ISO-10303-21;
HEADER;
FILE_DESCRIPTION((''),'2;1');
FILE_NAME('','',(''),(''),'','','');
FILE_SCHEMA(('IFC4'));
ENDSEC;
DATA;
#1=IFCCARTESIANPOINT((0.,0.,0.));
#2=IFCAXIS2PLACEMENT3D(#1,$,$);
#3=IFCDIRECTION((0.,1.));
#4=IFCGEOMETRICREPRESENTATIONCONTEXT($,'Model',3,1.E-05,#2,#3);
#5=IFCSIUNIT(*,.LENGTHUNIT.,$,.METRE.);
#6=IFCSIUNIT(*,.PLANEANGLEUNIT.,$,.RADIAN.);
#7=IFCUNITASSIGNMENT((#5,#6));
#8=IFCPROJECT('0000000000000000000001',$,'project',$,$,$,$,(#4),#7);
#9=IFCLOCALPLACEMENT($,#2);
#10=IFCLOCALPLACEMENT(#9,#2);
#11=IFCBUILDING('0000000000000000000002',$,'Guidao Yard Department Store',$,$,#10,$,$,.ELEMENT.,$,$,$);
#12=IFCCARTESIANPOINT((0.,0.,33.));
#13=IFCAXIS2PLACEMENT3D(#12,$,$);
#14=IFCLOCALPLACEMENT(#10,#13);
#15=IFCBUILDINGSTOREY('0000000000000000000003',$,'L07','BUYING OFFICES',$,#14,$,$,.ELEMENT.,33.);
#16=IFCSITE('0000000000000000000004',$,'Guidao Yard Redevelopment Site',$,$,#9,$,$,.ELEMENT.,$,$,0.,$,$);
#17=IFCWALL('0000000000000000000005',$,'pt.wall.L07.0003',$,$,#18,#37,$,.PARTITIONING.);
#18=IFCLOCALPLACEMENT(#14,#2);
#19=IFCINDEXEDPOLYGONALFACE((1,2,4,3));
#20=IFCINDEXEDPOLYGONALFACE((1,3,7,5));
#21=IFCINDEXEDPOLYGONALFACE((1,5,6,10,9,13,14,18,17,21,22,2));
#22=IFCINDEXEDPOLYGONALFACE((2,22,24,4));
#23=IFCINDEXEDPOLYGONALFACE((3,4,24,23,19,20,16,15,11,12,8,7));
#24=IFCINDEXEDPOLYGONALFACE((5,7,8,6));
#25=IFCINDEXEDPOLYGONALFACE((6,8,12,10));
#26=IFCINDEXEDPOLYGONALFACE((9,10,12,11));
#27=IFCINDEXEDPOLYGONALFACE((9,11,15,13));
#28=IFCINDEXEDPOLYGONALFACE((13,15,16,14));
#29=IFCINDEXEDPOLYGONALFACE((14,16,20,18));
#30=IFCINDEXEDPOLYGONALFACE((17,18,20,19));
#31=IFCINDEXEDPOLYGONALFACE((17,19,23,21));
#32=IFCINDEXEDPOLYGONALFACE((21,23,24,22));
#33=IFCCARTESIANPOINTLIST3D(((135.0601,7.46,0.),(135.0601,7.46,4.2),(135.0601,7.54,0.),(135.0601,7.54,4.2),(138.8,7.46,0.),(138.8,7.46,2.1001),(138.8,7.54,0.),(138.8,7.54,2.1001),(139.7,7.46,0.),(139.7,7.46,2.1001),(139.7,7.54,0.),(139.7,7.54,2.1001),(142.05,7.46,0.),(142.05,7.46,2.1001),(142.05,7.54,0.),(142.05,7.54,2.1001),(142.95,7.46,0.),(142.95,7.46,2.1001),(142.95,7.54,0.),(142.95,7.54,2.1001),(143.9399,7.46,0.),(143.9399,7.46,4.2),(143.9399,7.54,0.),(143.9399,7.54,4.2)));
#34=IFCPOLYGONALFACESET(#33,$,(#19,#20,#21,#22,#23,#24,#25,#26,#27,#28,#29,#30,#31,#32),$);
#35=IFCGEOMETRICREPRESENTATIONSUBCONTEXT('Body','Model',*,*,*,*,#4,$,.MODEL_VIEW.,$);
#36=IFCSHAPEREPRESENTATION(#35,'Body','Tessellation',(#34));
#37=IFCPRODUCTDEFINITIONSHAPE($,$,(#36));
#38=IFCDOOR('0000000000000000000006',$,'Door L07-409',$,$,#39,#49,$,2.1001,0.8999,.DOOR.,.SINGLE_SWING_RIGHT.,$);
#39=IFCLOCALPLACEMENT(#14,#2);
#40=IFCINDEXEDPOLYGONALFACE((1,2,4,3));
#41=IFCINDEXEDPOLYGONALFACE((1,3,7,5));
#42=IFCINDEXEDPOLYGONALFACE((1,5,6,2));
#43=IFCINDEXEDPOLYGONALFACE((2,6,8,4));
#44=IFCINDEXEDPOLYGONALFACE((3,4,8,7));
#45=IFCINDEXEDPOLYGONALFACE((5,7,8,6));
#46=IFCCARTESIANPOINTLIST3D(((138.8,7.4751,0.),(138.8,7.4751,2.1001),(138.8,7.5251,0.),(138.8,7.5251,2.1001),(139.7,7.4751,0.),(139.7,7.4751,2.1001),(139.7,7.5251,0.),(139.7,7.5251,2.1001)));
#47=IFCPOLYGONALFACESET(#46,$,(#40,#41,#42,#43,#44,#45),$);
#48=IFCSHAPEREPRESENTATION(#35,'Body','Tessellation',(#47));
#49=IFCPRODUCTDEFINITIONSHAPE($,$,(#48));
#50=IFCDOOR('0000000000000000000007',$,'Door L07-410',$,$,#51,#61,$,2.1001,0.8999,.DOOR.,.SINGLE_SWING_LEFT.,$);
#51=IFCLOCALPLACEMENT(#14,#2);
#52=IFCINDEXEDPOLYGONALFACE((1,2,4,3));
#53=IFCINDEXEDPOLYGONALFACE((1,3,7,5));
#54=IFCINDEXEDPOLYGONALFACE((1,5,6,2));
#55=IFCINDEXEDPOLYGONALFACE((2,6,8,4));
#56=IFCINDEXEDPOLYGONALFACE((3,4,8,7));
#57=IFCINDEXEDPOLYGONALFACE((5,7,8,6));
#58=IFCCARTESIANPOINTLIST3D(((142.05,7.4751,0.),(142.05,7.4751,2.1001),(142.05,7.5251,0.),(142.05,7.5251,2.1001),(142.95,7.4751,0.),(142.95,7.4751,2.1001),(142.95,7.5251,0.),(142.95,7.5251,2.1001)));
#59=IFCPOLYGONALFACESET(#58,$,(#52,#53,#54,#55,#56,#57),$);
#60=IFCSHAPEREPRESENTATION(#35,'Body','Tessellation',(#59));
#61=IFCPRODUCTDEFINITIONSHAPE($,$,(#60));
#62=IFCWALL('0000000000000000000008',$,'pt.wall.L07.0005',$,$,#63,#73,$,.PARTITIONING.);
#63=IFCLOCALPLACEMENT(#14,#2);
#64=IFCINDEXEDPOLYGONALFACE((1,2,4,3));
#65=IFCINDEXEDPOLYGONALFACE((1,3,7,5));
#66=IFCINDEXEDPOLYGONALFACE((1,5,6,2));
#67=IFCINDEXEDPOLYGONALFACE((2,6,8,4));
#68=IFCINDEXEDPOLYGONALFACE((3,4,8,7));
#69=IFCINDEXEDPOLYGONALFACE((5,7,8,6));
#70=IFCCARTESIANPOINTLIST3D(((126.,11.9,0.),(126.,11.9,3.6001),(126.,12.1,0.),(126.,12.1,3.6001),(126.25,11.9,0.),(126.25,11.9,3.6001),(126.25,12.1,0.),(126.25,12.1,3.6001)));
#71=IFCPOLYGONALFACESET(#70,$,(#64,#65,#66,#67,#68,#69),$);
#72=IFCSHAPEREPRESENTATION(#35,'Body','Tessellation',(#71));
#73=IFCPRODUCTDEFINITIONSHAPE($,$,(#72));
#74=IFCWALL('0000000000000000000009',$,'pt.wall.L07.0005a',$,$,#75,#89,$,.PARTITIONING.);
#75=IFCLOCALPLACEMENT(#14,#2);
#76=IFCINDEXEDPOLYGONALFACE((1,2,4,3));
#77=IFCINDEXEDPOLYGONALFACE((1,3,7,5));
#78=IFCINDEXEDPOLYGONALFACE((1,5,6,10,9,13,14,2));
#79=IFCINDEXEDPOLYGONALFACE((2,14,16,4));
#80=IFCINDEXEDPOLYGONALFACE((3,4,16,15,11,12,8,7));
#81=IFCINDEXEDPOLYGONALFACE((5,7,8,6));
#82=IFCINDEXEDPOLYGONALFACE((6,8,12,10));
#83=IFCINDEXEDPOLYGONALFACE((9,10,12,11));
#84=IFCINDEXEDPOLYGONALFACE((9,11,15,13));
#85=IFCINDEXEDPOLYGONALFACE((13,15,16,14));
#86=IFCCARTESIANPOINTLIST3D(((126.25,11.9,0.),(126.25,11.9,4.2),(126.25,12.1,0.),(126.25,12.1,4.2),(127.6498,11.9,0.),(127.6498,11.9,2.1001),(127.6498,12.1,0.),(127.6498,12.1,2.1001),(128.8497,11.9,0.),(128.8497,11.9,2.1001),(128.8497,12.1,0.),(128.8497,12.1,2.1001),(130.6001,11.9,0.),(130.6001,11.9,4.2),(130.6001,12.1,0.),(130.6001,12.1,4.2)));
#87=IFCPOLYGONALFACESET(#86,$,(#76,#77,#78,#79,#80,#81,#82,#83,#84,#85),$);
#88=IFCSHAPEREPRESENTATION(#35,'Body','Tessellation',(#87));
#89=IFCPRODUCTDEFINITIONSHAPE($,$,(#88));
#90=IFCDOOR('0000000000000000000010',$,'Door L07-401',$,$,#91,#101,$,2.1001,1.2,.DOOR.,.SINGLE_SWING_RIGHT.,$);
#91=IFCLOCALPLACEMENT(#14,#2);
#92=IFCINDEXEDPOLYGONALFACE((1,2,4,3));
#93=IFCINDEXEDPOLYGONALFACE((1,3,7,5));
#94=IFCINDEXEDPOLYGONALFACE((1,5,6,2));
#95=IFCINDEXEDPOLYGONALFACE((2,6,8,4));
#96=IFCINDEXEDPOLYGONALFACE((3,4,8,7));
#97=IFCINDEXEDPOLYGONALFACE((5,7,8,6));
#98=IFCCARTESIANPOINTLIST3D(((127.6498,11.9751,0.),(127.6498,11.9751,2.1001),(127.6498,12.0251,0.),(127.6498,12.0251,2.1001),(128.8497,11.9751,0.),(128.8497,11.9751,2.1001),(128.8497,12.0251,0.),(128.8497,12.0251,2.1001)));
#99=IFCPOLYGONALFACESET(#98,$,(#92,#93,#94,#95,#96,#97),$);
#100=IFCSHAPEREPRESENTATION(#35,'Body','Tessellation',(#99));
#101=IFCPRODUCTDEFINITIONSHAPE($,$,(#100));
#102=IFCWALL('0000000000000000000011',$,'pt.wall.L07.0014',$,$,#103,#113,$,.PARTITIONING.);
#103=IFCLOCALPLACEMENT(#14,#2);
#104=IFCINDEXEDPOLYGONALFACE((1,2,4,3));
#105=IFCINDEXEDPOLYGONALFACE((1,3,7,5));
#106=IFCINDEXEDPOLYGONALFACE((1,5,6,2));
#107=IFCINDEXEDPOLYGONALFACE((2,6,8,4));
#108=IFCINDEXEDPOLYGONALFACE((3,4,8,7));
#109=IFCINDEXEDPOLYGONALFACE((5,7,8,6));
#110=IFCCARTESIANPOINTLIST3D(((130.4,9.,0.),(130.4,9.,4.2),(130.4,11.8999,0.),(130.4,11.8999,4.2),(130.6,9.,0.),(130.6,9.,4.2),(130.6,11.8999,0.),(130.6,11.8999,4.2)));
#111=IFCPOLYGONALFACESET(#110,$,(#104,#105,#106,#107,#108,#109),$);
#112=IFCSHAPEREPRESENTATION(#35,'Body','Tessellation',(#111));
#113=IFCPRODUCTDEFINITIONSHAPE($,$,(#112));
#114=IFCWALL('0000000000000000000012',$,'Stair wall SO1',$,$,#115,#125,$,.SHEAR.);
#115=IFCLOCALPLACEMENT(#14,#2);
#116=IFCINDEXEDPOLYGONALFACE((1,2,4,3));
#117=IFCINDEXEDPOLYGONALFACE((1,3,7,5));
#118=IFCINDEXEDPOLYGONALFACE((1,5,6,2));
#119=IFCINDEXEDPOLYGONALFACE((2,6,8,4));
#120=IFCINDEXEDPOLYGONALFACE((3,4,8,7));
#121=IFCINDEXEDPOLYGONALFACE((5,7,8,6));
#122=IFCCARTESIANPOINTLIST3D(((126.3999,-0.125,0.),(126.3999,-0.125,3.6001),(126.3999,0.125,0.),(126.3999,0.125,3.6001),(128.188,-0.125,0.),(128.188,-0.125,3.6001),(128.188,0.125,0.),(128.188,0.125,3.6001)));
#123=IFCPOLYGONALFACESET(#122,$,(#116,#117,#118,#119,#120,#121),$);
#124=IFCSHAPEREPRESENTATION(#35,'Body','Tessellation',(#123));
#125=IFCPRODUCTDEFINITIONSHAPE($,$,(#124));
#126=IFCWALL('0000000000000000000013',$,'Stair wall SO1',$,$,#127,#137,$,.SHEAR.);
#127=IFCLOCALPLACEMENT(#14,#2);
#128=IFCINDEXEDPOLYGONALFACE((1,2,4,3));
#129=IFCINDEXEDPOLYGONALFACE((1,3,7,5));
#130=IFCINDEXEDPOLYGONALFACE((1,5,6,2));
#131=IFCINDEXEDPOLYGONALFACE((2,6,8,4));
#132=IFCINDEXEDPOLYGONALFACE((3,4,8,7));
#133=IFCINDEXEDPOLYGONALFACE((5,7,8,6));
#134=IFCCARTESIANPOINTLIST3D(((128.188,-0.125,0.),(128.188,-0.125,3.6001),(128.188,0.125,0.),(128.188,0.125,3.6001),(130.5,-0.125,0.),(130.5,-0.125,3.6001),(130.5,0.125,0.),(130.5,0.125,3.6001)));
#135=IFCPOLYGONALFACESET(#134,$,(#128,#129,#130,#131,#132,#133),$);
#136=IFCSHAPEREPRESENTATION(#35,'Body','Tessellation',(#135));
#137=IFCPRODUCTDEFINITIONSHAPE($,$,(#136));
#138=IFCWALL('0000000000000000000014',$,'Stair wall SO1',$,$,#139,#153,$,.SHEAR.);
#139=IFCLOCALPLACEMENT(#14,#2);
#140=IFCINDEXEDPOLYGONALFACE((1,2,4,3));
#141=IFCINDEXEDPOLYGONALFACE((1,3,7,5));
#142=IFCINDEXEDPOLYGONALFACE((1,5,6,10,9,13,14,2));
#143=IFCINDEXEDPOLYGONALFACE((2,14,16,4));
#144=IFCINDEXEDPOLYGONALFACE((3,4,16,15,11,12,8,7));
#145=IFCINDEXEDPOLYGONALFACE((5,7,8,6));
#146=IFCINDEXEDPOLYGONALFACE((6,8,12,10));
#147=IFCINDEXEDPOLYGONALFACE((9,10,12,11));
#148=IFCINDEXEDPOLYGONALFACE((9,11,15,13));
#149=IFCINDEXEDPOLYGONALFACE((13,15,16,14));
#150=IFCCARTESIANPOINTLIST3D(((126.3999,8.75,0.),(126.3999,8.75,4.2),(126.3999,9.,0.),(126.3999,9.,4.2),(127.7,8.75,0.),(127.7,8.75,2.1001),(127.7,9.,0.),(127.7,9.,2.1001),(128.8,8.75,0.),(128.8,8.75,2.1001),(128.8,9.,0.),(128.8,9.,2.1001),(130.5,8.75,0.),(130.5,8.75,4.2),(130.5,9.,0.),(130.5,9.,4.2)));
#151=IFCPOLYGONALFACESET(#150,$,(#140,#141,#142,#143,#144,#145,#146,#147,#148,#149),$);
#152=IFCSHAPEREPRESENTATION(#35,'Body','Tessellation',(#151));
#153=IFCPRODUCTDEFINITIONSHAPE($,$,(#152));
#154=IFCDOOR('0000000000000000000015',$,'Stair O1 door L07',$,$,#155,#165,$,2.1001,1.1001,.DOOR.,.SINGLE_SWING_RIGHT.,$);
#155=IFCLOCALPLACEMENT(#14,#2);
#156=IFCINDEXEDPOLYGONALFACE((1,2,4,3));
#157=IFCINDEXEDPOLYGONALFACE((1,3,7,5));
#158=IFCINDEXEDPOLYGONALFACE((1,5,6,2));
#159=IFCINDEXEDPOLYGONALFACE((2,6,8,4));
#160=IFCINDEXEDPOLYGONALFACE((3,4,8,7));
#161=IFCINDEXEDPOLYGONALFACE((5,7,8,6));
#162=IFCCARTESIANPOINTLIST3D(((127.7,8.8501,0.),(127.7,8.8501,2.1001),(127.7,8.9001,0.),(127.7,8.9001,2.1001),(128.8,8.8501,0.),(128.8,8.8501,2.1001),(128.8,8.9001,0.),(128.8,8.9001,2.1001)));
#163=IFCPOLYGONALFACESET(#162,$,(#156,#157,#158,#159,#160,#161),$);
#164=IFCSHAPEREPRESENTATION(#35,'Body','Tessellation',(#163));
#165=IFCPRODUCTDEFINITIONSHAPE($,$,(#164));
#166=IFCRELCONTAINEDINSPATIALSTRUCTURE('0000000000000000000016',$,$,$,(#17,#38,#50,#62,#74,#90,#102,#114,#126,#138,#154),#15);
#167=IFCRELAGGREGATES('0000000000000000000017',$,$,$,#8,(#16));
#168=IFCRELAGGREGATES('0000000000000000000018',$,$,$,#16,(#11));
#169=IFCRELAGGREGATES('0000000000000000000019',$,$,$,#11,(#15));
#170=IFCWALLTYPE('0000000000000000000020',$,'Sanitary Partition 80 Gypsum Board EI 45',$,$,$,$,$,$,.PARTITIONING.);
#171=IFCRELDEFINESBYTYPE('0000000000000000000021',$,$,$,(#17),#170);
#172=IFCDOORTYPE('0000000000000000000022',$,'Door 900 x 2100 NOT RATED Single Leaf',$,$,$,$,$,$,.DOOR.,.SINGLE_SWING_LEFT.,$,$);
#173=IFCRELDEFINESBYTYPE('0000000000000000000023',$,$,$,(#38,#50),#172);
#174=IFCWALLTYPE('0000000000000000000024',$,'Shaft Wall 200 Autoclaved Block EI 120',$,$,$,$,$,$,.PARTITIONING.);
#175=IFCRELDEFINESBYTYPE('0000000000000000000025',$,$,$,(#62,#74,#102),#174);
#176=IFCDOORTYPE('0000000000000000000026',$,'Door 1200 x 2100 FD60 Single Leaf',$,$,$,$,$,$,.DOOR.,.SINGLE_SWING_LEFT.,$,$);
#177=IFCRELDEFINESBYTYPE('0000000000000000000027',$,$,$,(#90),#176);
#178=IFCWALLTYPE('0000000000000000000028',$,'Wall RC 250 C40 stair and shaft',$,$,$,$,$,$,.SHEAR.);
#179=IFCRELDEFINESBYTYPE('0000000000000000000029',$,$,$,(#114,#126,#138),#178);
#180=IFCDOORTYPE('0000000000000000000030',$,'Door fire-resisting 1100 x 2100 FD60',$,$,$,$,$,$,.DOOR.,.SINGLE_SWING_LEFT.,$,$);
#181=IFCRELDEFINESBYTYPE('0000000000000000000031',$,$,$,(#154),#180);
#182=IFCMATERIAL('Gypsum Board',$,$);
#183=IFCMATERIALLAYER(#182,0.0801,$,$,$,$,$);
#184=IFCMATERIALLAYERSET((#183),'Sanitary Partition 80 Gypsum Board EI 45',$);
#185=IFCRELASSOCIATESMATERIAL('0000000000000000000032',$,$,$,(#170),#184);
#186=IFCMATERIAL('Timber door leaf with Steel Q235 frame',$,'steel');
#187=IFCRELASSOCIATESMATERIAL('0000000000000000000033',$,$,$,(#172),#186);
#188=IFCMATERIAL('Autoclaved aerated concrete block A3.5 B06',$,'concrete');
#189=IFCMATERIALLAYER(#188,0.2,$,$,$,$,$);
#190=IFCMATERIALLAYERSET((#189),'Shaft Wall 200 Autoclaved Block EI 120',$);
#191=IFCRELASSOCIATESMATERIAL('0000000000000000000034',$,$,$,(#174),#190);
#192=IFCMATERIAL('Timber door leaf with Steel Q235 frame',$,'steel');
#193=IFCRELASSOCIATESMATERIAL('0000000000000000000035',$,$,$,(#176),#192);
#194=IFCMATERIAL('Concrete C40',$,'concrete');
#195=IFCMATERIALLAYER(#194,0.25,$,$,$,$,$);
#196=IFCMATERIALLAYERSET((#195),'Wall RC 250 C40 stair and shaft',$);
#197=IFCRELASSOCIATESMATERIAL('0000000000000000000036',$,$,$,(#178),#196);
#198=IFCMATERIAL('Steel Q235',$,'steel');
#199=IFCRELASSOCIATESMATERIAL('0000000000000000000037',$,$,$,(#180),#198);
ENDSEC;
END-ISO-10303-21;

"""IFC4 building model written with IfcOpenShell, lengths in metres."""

from ifc_helpers import new_model, si_unit, direction, frame, frame_2d, origin, place, context, subcontext, project, spatial, rectangle, extrude, material, layer, layer_set, type_object, element, fill, save


model = new_model("IFC4")

# Units and contexts
model_context = context("Model", 3, precision=1e-05, world=origin(), true_north=direction((0.0, 1.0)))
body_context = subcontext(model_context, "Body", "Model", "MODEL_VIEW")
ifc_project = project(units=[si_unit("LENGTHUNIT", "METRE"), si_unit("PLANEANGLEUNIT", "RADIAN")], contexts=[model_context])

# Site, building, storey
site_placement = place(None, origin())
site = spatial("IfcSite", under=ifc_project, at=site_placement, Name="Guidao Yard Redevelopment Site", CompositionType="ELEMENT", RefElevation=0.0)
building_placement = place(site_placement, origin())
building = spatial("IfcBuilding", under=site, at=building_placement, Name="Guidao Yard Department Store", CompositionType="ELEMENT")
storey_placement = place(building_placement, frame((0.0, 0.0, 33.0)))
storey = spatial("IfcBuildingStorey", under=building, at=storey_placement, Name="L07", Description="BUYING OFFICES", CompositionType="ELEMENT", Elevation=33.0)

# Wall, openings, doors
ifc_material_1 = material(Name="Gypsum Board")
ifc_layer_1 = layer(ifc_material_1, 0.0801)
ifc_layer_set_1 = layer_set([ifc_layer_1], Name="Sanitary Partition 80 Gypsum Board EI 45")
wall_type_1 = type_object("IfcWallType", Name="Sanitary Partition 80 Gypsum Board EI 45", PredefinedType="PARTITIONING", material=ifc_layer_set_1)
wall_1_placement = place(storey_placement, frame((135.0601, 7.5, 0.0), z_axis=(0.0, 0.0, 1.0), x_axis=(1.0, 0.0, 0.0)))
wall_1 = element("IfcWall", 1, at=wall_1_placement, inside=storey, type_object=wall_type_1, Name="pt.wall.L07.0003", PredefinedType="PARTITIONING", context=body_context, shape_type="SweptSolid", body=[
    extrude(rectangle(XDim=8.8799, YDim=0.0801, at=frame_2d((4.4399, 0.0))), origin(), (0.0, 0.0, 1.0), 4.2),
])
opening_1_placement = place(wall_1_placement, frame((4.6399, 0.0, 0.0), z_axis=(0.0, 0.0, 1.0), x_axis=(-1.0, 0.0, 0.0)))
opening_1 = element("IfcOpeningElement", 2, at=opening_1_placement, cuts=wall_1, PredefinedType="OPENING", context=body_context, shape_type="SweptSolid", body=[
    extrude(rectangle(XDim=0.8999, YDim=2.1001, at=frame_2d((0.45, 1.05))), frame((0.0, 0.05, 0.0), z_axis=(0.0, -1.0, 0.0), x_axis=(1.0, 0.0, 0.0)), (0.0, 0.0, 1.0), 0.1001),
])
opening_2_placement = place(wall_1_placement, frame((7.8899, 0.0, 0.0), z_axis=(0.0, 0.0, 1.0), x_axis=(-1.0, 0.0, 0.0)))
opening_2 = element("IfcOpeningElement", 3, at=opening_2_placement, cuts=wall_1, PredefinedType="OPENING", context=body_context, shape_type="SweptSolid", body=[
    extrude(rectangle(XDim=0.8999, YDim=2.1001, at=frame_2d((0.45, 1.05))), frame((0.0, 0.05, 0.0), z_axis=(0.0, -1.0, 0.0), x_axis=(1.0, 0.0, 0.0)), (0.0, 0.0, 1.0), 0.1001),
])
ifc_material_2 = material(Name="Timber door leaf with Steel Q235 frame", Category="steel")
door_type_1 = type_object("IfcDoorType", Name="Door 900 x 2100 NOT RATED Single Leaf", OperationType="SINGLE_SWING_LEFT", PredefinedType="DOOR", material=ifc_material_2)
door_1_placement = place(opening_1_placement, origin())
door_1 = element("IfcDoor", 4, at=door_1_placement, inside=storey, type_object=door_type_1, Name="Door L07-409", OperationType="SINGLE_SWING_RIGHT", OverallHeight=2.1001, OverallWidth=0.8999, PredefinedType="DOOR", context=body_context, shape_type="SweptSolid", body=[
    extrude(rectangle(XDim=0.8999, YDim=2.1001, at=frame_2d((0.45, 1.05))), frame((0.0, 0.0249, 0.0), z_axis=(0.0, -1.0, 0.0), x_axis=(1.0, 0.0, 0.0)), (0.0, 0.0, 1.0), 0.05),
])
fill(opening_1, door_1)
door_2_placement = place(opening_2_placement, origin())
door_2 = element("IfcDoor", 5, at=door_2_placement, inside=storey, type_object=door_type_1, Name="Door L07-410", OperationType="SINGLE_SWING_LEFT", OverallHeight=2.1001, OverallWidth=0.8999, PredefinedType="DOOR", context=body_context, shape_type="SweptSolid", body=[
    extrude(rectangle(XDim=0.8999, YDim=2.1001, at=frame_2d((0.45, 1.05))), frame((0.0, 0.0249, 0.0), z_axis=(0.0, -1.0, 0.0), x_axis=(1.0, 0.0, 0.0)), (0.0, 0.0, 1.0), 0.05),
])
fill(opening_2, door_2)

# Wall
ifc_material_3 = material(Name="Autoclaved aerated concrete block A3.5 B06", Category="concrete")
ifc_layer_2 = layer(ifc_material_3, 0.2)
ifc_layer_set_2 = layer_set([ifc_layer_2], Name="Shaft Wall 200 Autoclaved Block EI 120")
wall_type_2 = type_object("IfcWallType", Name="Shaft Wall 200 Autoclaved Block EI 120", PredefinedType="PARTITIONING", material=ifc_layer_set_2)
wall_2_placement = place(storey_placement, frame((126.0, 12.0, 0.0), z_axis=(0.0, 0.0, 1.0), x_axis=(1.0, 0.0, 0.0)))
element("IfcWall", 6, at=wall_2_placement, inside=storey, type_object=wall_type_2, Name="pt.wall.L07.0005", PredefinedType="PARTITIONING", context=body_context, shape_type="SweptSolid", body=[
    extrude(rectangle(XDim=0.25, YDim=0.2, at=frame_2d((0.125, 0.0))), origin(), (0.0, 0.0, 1.0), 3.6001),
])

# Wall, opening, door
wall_3_placement = place(storey_placement, frame((126.25, 12.0, 0.0), z_axis=(0.0, 0.0, 1.0), x_axis=(1.0, 0.0, 0.0)))
wall_3 = element("IfcWall", 7, at=wall_3_placement, inside=storey, type_object=wall_type_2, Name="pt.wall.L07.0005a", PredefinedType="PARTITIONING", context=body_context, shape_type="SweptSolid", body=[
    extrude(rectangle(XDim=4.3501, YDim=0.2, at=frame_2d((2.175, 0.0))), origin(), (0.0, 0.0, 1.0), 4.2),
])
opening_3_placement = place(wall_3_placement, frame((2.5999, 0.0, 0.0), z_axis=(0.0, 0.0, 1.0), x_axis=(-1.0, 0.0, 0.0)))
opening_3 = element("IfcOpeningElement", 8, at=opening_3_placement, cuts=wall_3, PredefinedType="OPENING", context=body_context, shape_type="SweptSolid", body=[
    extrude(rectangle(XDim=1.2, YDim=2.1001, at=frame_2d((0.6001, 1.05))), frame((0.0, 0.1099, 0.0), z_axis=(0.0, -1.0, 0.0), x_axis=(1.0, 0.0, 0.0)), (0.0, 0.0, 1.0), 0.22),
])
ifc_material_4 = material(Name="Timber door leaf with Steel Q235 frame", Category="steel")
door_type_2 = type_object("IfcDoorType", Name="Door 1200 x 2100 FD60 Single Leaf", OperationType="SINGLE_SWING_LEFT", PredefinedType="DOOR", material=ifc_material_4)
door_3_placement = place(opening_3_placement, origin())
door_3 = element("IfcDoor", 9, at=door_3_placement, inside=storey, type_object=door_type_2, Name="Door L07-401", OperationType="SINGLE_SWING_RIGHT", OverallHeight=2.1001, OverallWidth=1.2, PredefinedType="DOOR", context=body_context, shape_type="SweptSolid", body=[
    extrude(rectangle(XDim=1.2, YDim=2.1001, at=frame_2d((0.6001, 1.05))), frame((0.0, 0.0249, 0.0), z_axis=(0.0, -1.0, 0.0), x_axis=(1.0, 0.0, 0.0)), (0.0, 0.0, 1.0), 0.05),
])
fill(opening_3, door_3)

# Walls
wall_4_placement = place(storey_placement, frame((130.5, 9.0, 0.0), z_axis=(0.0, 0.0, 1.0), x_axis=(0.0, 1.0, 0.0)))
element("IfcWall", 10, at=wall_4_placement, inside=storey, type_object=wall_type_2, Name="pt.wall.L07.0014", PredefinedType="PARTITIONING", context=body_context, shape_type="SweptSolid", body=[
    extrude(rectangle(XDim=2.8999, YDim=0.2, at=frame_2d((1.45, 0.0))), origin(), (0.0, 0.0, 1.0), 4.2),
])
ifc_material_5 = material(Name="Concrete C40", Category="concrete")
ifc_layer_3 = layer(ifc_material_5, 0.25)
ifc_layer_set_3 = layer_set([ifc_layer_3], Name="Wall RC 250 C40 stair and shaft")
wall_type_3 = type_object("IfcWallType", Name="Wall RC 250 C40 stair and shaft", PredefinedType="SHEAR", material=ifc_layer_set_3)
wall_5_placement = place(storey_placement, frame((126.3999, 0.0, 0.0), z_axis=(0.0, 0.0, 1.0), x_axis=(1.0, 0.0, 0.0)))
element("IfcWall", 11, at=wall_5_placement, inside=storey, type_object=wall_type_3, Name="Stair wall SO1", PredefinedType="SHEAR", context=body_context, shape_type="SweptSolid", body=[
    extrude(rectangle(XDim=1.7881, YDim=0.25, at=frame_2d((0.894, 0.0))), origin(), (0.0, 0.0, 1.0), 3.6001),
])
wall_6_placement = place(storey_placement, frame((128.188, 0.0, 0.0), z_axis=(0.0, 0.0, 1.0), x_axis=(1.0, 0.0, 0.0)))
element("IfcWall", 12, at=wall_6_placement, inside=storey, type_object=wall_type_3, Name="Stair wall SO1", PredefinedType="SHEAR", context=body_context, shape_type="SweptSolid", body=[
    extrude(rectangle(XDim=2.312, YDim=0.25, at=frame_2d((1.156, 0.0))), origin(), (0.0, 0.0, 1.0), 3.6001),
])

# Wall, opening, door
wall_7_placement = place(storey_placement, frame((126.3999, 8.875, 0.0), z_axis=(0.0, 0.0, 1.0), x_axis=(1.0, 0.0, 0.0)))
wall_7 = element("IfcWall", 13, at=wall_7_placement, inside=storey, type_object=wall_type_3, Name="Stair wall SO1", PredefinedType="SHEAR", context=body_context, shape_type="SweptSolid", body=[
    extrude(rectangle(XDim=4.1001, YDim=0.25, at=frame_2d((2.05, 0.0))), origin(), (0.0, 0.0, 1.0), 4.2),
])
opening_4_placement = place(wall_7_placement, frame((2.4001, 0.0, 0.0), z_axis=(0.0, 0.0, 1.0), x_axis=(-1.0, 0.0, 0.0)))
opening_4 = element("IfcOpeningElement", 14, at=opening_4_placement, cuts=wall_7, PredefinedType="OPENING", context=body_context, shape_type="SweptSolid", body=[
    extrude(rectangle(XDim=1.1001, YDim=2.1001, at=frame_2d((0.55, 1.05))), frame((0.0, 0.135, 0.0), z_axis=(0.0, -1.0, 0.0), x_axis=(1.0, 0.0, 0.0)), (0.0, 0.0, 1.0), 0.27),
])
ifc_material_6 = material(Name="Steel Q235", Category="steel")
door_type_3 = type_object("IfcDoorType", Name="Door fire-resisting 1100 x 2100 FD60", OperationType="SINGLE_SWING_LEFT", PredefinedType="DOOR", material=ifc_material_6)
door_4_placement = place(opening_4_placement, origin())
door_4 = element("IfcDoor", 15, at=door_4_placement, inside=storey, type_object=door_type_3, Name="Stair O1 door L07", OperationType="SINGLE_SWING_RIGHT", OverallHeight=2.1001, OverallWidth=1.1001, PredefinedType="DOOR", context=body_context, shape_type="SweptSolid", body=[
    extrude(rectangle(XDim=1.1001, YDim=2.1001, at=frame_2d((0.55, 1.05))), frame((0.0, 0.0249, 0.0), z_axis=(0.0, -1.0, 0.0), x_axis=(1.0, 0.0, 0.0)), (0.0, 0.0, 1.0), 0.05),
])
fill(opening_4, door_4)

save(model, "model.ifc")
